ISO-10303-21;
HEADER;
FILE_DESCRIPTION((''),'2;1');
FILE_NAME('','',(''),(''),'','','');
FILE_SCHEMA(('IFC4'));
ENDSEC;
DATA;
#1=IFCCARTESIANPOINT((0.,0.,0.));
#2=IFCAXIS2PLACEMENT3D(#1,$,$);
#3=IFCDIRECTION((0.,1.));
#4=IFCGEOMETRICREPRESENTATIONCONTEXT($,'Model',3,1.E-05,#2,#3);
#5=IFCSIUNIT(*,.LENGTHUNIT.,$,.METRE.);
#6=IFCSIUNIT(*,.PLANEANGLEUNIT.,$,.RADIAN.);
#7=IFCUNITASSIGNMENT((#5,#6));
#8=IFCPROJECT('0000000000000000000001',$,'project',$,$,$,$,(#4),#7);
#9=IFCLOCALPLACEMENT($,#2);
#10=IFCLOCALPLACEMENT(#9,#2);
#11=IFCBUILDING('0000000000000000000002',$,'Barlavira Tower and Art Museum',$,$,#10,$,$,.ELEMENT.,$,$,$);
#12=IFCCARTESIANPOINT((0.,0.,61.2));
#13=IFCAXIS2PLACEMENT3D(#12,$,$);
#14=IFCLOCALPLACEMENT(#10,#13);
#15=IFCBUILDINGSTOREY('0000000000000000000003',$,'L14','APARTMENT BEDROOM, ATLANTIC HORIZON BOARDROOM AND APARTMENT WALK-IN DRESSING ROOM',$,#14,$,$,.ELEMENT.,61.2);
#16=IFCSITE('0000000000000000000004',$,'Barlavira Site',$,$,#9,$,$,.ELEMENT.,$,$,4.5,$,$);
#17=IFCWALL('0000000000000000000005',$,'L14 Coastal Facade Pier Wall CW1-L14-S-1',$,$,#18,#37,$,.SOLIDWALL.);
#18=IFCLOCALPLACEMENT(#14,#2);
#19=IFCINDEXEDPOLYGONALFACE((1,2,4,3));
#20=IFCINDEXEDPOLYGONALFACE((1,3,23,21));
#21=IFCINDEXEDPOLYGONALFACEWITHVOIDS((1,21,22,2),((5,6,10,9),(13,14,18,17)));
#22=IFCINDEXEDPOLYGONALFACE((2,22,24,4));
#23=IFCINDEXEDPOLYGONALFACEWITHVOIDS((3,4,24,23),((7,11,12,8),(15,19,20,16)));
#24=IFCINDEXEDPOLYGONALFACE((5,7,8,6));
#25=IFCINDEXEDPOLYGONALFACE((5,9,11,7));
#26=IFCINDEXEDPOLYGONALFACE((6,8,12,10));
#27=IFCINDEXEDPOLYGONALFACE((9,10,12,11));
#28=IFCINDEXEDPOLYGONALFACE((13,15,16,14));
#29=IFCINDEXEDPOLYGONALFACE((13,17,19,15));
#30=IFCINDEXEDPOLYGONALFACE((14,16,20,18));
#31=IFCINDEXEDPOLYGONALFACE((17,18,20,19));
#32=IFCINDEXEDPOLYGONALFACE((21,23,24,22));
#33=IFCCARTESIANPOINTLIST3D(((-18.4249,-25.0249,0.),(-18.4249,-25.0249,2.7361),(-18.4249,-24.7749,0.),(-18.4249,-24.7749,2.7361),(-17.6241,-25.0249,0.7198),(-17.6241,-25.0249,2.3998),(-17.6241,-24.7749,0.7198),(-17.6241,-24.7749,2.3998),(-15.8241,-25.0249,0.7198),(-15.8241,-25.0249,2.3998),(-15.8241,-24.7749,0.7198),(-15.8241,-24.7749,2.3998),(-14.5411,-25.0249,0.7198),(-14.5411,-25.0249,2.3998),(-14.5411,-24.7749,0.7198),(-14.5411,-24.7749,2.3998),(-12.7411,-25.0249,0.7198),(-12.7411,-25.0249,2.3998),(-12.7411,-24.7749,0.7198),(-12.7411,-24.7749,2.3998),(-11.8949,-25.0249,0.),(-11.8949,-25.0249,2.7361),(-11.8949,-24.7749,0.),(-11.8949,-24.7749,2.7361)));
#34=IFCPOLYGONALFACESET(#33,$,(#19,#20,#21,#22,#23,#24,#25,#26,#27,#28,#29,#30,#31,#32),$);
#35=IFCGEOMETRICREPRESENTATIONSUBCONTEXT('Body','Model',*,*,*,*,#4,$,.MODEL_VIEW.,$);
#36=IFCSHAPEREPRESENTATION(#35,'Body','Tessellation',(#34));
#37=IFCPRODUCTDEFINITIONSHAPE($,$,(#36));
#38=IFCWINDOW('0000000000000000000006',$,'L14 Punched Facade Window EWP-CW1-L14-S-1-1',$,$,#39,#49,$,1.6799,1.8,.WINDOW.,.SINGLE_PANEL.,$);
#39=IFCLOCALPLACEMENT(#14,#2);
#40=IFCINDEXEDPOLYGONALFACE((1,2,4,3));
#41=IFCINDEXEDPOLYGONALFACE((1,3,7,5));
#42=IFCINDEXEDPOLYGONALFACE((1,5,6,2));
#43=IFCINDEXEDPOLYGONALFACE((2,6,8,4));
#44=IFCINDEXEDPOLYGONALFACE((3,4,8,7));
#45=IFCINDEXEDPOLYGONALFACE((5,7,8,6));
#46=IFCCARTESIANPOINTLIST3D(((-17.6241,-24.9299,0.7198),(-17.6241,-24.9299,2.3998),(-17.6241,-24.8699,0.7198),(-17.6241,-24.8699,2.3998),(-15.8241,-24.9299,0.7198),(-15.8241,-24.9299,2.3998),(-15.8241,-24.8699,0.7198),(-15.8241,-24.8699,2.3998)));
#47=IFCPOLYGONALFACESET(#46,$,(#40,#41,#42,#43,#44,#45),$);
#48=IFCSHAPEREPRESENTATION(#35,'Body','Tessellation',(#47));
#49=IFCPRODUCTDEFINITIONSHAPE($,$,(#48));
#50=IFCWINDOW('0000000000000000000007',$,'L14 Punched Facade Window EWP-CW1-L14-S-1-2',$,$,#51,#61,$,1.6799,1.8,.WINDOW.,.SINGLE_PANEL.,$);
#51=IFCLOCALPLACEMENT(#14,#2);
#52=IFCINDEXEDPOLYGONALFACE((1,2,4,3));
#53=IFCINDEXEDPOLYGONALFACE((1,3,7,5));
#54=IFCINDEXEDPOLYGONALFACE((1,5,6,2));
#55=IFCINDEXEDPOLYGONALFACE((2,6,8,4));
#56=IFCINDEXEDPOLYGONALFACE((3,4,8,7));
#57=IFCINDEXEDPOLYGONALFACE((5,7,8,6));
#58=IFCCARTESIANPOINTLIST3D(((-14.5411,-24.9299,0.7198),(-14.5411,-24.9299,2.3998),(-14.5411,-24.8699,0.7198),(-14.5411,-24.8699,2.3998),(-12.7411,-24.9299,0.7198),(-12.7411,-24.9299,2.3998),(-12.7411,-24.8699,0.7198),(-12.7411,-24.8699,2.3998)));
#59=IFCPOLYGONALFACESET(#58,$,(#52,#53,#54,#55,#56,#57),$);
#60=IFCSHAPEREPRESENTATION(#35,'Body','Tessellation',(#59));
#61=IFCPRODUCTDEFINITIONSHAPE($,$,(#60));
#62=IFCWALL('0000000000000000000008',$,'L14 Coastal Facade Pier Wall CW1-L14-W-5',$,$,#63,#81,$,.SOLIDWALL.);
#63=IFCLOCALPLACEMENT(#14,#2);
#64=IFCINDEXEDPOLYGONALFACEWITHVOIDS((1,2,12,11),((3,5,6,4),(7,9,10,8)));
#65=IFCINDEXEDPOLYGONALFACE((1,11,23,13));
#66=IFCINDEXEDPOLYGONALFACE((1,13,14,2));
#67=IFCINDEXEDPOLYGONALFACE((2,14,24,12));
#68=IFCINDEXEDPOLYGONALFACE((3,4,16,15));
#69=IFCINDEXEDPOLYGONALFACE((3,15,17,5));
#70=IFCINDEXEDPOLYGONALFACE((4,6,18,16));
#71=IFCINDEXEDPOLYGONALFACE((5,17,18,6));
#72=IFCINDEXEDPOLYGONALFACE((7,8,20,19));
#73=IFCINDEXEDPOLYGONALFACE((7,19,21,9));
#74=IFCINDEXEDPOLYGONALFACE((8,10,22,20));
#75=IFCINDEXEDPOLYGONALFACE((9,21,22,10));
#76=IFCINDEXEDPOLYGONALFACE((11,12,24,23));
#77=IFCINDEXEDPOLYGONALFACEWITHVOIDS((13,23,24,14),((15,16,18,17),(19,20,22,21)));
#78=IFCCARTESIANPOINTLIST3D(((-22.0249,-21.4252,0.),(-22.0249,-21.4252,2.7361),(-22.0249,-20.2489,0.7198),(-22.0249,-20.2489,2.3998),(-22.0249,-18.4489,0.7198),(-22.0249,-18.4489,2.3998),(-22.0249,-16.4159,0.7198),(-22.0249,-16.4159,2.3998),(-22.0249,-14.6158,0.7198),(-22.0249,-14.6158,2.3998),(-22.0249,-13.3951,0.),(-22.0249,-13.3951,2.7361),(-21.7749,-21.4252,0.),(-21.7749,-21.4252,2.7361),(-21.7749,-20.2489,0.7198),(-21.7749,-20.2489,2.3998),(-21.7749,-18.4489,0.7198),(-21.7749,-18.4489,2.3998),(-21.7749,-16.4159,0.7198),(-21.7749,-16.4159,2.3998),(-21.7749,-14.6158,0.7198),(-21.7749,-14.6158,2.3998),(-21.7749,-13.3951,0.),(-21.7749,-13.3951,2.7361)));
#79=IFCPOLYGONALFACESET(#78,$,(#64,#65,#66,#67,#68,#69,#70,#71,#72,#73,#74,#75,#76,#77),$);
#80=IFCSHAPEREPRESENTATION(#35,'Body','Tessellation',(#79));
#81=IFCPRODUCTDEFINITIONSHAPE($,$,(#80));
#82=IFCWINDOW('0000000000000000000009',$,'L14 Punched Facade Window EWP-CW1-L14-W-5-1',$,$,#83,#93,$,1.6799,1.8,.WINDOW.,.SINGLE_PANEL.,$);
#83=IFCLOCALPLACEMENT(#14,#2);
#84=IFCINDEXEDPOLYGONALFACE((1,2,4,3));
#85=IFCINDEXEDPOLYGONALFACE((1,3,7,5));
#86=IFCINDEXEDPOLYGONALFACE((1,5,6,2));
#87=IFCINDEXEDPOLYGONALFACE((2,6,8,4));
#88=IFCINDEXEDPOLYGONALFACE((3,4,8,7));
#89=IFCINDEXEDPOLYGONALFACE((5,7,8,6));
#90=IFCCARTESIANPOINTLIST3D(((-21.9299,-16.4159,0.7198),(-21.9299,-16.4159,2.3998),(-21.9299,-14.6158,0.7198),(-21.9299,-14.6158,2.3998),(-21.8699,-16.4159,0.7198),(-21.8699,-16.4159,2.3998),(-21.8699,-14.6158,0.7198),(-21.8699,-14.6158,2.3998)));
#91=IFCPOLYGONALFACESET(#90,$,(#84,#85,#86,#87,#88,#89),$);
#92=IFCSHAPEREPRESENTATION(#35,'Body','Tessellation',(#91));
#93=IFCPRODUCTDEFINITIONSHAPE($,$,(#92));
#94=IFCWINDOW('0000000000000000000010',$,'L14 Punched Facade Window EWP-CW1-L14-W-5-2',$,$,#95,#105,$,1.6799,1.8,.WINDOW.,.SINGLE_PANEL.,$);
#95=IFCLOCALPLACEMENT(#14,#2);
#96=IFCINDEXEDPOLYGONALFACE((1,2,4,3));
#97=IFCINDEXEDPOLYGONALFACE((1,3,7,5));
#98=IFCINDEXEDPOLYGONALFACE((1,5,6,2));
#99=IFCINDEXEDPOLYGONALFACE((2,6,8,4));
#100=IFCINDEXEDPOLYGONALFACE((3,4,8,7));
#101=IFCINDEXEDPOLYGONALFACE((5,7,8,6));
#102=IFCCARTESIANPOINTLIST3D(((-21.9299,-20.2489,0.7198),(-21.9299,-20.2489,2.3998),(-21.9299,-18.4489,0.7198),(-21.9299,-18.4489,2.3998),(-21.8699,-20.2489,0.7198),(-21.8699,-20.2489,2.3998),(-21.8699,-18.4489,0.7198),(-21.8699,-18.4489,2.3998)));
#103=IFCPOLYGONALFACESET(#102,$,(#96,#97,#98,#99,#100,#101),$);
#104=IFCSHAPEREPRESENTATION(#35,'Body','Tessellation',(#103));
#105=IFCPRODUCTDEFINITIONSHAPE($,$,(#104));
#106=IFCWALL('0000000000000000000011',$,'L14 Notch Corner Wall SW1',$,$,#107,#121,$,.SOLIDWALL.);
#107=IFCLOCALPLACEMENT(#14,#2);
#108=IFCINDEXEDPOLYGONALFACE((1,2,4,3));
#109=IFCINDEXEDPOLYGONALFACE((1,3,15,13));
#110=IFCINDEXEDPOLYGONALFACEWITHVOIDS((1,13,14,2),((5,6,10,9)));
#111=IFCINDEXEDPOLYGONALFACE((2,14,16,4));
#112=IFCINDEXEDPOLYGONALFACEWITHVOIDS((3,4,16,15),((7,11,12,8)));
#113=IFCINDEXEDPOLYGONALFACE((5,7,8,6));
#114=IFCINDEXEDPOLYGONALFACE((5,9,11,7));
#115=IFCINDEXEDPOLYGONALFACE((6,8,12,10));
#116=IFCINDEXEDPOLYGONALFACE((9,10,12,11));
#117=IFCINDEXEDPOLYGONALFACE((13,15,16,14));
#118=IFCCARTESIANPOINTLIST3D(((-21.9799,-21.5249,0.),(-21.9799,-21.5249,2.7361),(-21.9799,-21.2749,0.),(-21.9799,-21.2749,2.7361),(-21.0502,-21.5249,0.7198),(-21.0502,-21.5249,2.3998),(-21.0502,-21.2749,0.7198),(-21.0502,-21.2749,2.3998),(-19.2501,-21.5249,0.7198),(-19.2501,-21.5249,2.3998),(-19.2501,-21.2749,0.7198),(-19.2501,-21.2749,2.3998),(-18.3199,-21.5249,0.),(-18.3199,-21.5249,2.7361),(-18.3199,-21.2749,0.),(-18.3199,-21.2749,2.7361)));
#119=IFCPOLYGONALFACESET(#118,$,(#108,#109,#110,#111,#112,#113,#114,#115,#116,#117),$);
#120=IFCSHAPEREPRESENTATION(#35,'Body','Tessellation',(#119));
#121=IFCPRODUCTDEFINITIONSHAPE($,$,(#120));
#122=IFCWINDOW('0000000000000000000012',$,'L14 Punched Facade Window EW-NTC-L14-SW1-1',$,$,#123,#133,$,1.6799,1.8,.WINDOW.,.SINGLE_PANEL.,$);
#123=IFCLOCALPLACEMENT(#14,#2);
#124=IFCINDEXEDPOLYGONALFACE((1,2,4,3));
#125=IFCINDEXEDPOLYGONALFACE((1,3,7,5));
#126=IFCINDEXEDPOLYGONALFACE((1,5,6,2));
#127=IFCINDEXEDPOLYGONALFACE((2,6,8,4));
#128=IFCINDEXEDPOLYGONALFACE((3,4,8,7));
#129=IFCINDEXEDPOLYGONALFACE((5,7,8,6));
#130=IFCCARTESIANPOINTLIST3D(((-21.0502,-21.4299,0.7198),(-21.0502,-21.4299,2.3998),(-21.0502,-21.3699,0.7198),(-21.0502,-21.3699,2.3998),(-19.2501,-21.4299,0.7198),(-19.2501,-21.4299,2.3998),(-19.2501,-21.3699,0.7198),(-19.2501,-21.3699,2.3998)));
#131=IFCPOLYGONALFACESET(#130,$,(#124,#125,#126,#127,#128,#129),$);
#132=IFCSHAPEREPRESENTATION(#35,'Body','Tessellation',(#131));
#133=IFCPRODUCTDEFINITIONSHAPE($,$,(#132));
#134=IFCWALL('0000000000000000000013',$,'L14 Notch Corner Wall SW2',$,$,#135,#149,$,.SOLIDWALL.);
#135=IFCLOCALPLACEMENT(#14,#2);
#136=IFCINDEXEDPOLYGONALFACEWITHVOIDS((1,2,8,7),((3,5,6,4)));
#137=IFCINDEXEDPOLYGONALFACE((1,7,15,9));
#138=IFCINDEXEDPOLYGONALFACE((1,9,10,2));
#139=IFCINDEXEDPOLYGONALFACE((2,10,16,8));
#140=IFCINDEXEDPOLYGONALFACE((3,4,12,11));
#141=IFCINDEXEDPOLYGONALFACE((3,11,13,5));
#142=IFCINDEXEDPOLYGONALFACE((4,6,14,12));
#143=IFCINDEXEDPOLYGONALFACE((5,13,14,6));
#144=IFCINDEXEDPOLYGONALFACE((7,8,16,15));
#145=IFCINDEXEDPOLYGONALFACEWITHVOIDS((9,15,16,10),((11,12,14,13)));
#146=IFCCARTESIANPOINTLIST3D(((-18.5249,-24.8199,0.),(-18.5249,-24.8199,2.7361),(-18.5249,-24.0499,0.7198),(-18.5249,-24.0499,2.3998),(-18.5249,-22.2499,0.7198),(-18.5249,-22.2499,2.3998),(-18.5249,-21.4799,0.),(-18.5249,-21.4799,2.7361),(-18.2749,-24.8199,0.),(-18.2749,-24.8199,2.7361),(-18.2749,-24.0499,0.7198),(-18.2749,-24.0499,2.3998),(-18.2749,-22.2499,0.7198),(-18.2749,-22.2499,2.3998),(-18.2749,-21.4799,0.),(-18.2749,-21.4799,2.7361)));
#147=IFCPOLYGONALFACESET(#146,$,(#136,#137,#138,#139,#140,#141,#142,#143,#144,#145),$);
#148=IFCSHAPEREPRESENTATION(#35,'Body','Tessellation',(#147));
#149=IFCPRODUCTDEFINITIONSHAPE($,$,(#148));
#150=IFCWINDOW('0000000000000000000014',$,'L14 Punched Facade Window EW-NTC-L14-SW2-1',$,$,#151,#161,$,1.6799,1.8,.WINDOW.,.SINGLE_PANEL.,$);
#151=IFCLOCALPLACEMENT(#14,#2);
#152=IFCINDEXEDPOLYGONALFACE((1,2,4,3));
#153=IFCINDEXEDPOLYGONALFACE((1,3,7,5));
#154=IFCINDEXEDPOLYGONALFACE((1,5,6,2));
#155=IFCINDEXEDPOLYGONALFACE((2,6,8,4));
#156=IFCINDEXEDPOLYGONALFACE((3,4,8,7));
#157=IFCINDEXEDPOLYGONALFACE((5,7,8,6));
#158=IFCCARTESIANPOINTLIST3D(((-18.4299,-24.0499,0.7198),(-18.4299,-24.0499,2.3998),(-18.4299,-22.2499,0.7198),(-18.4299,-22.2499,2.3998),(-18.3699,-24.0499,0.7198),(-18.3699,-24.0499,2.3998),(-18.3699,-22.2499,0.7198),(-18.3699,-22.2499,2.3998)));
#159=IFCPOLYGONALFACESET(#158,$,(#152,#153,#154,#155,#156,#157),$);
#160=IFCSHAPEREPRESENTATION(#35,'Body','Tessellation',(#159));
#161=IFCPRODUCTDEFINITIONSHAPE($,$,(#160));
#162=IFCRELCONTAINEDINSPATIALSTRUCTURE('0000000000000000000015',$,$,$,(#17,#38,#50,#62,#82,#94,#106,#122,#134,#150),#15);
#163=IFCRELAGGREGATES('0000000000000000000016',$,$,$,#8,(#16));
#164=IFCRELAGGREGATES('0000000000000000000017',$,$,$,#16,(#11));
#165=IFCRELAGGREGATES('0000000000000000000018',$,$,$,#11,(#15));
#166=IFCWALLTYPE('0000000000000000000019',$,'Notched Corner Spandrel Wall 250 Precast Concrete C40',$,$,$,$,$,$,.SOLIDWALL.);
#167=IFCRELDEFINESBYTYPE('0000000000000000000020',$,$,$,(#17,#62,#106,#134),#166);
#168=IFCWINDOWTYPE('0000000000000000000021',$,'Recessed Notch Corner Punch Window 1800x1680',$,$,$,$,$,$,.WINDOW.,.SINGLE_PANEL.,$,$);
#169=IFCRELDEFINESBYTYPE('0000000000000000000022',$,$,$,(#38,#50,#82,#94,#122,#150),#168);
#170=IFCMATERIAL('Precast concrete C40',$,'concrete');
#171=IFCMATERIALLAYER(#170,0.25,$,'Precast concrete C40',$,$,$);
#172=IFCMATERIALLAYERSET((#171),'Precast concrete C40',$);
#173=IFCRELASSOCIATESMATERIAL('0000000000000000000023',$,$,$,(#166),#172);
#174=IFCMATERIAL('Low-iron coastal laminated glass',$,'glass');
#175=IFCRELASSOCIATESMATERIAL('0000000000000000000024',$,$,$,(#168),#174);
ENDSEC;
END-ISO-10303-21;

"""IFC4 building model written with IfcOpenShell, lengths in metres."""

from ifc_helpers import new_model, si_unit, direction, frame, frame_2d, origin, place, context, subcontext, project, spatial, rectangle, extrude, material, layer, layer_set, type_object, element, fill, save


model = new_model("IFC4")

# Units and contexts
model_context = context("Model", 3, precision=1e-05, world=origin(), true_north=direction((0.0, 1.0)))
body_context = subcontext(model_context, "Body", "Model", "MODEL_VIEW")
ifc_project = project(units=[si_unit("LENGTHUNIT", "METRE"), si_unit("PLANEANGLEUNIT", "RADIAN")], contexts=[model_context])

# Site, building, storey
site_placement = place(None, origin())
site = spatial("IfcSite", under=ifc_project, at=site_placement, Name="Barlavira Site", CompositionType="ELEMENT", RefElevation=4.5)
building_placement = place(site_placement, origin())
building = spatial("IfcBuilding", under=site, at=building_placement, Name="Barlavira Tower and Art Museum", CompositionType="ELEMENT")
storey_placement = place(building_placement, frame((0.0, 0.0, 61.2)))
storey = spatial("IfcBuildingStorey", under=building, at=storey_placement, Name="L14", Description="APARTMENT BEDROOM, ATLANTIC HORIZON BOARDROOM AND APARTMENT WALK-IN DRESSING ROOM", CompositionType="ELEMENT", Elevation=61.2)

# Walls, openings, windows
ifc_material_1 = material(Name="Precast concrete C40", Category="concrete")
ifc_layer_1 = layer(ifc_material_1, 0.25, Name="Precast concrete C40")
ifc_layer_set_1 = layer_set([ifc_layer_1], Name="Precast concrete C40")
wall_type_1 = type_object("IfcWallType", Name="Notched Corner Spandrel Wall 250 Precast Concrete C40", PredefinedType="SOLIDWALL", material=ifc_layer_set_1)
wall_1_placement = place(storey_placement, frame((-18.425, -24.8999, 0.0), z_axis=(0.0, 0.0, 1.0), x_axis=(1.0, 0.0, 0.0)))
wall_1 = element("IfcWall", 1, at=wall_1_placement, inside=storey, type_object=wall_type_1, Name="L14 Coastal Facade Pier Wall CW1-L14-S-1", PredefinedType="SOLIDWALL", context=body_context, shape_type="SweptSolid", body=[
    extrude(rectangle(XDim=6.53, YDim=0.25, at=frame_2d((3.2651, 0.0))), origin(), (0.0, 0.0, 1.0), 2.7361),
])
opening_1_placement = place(wall_1_placement, frame((0.801, 0.0, 0.72)))
opening_1 = element("IfcOpeningElement", 2, at=opening_1_placement, cuts=wall_1, PredefinedType="OPENING", context=body_context, shape_type="SweptSolid", body=[
    extrude(rectangle(XDim=1.8, YDim=1.6799, at=frame_2d((0.8999, 0.8398))), frame((0.0, 0.135, 0.0), z_axis=(0.0, -1.0, 0.0), x_axis=(1.0, 0.0, 0.0)), (0.0, 0.0, 1.0), 0.27),
])
opening_2_placement = place(wall_1_placement, frame((3.884, 0.0, 0.72)))
opening_2 = element("IfcOpeningElement", 3, at=opening_2_placement, cuts=wall_1, PredefinedType="OPENING", context=body_context, shape_type="SweptSolid", body=[
    extrude(rectangle(XDim=1.8, YDim=1.6799, at=frame_2d((0.8999, 0.8398))), frame((0.0, 0.135, 0.0), z_axis=(0.0, -1.0, 0.0), x_axis=(1.0, 0.0, 0.0)), (0.0, 0.0, 1.0), 0.27),
])
ifc_material_2 = material(Name="Low-iron coastal laminated glass", Category="glass")
window_type = type_object("IfcWindowType", Name="Recessed Notch Corner Punch Window 1800x1680", PartitioningType="SINGLE_PANEL", PredefinedType="WINDOW", material=ifc_material_2)
window_1_placement = place(opening_1_placement, origin())
window_1 = element("IfcWindow", 4, at=window_1_placement, inside=storey, type_object=window_type, Name="L14 Punched Facade Window EWP-CW1-L14-S-1-1", OverallHeight=1.6799, OverallWidth=1.8, PartitioningType="SINGLE_PANEL", PredefinedType="WINDOW", context=body_context, shape_type="SweptSolid", body=[
    extrude(rectangle(XDim=1.8, YDim=1.6799, at=frame_2d((0.8999, 0.8398))), frame((0.0, 0.03, 0.0), z_axis=(0.0, -1.0, 0.0), x_axis=(1.0, 0.0, 0.0)), (0.0, 0.0, 1.0), 0.0601),
])
fill(opening_1, window_1)
window_2_placement = place(opening_2_placement, origin())
window_2 = element("IfcWindow", 5, at=window_2_placement, inside=storey, type_object=window_type, Name="L14 Punched Facade Window EWP-CW1-L14-S-1-2", OverallHeight=1.6799, OverallWidth=1.8, PartitioningType="SINGLE_PANEL", PredefinedType="WINDOW", context=body_context, shape_type="SweptSolid", body=[
    extrude(rectangle(XDim=1.8, YDim=1.6799, at=frame_2d((0.8999, 0.8398))), frame((0.0, 0.03, 0.0), z_axis=(0.0, -1.0, 0.0), x_axis=(1.0, 0.0, 0.0)), (0.0, 0.0, 1.0), 0.0601),
])
fill(opening_2, window_2)
wall_2_placement = place(storey_placement, frame((-21.8999, -13.395, 0.0), z_axis=(0.0, 0.0, 1.0), x_axis=(0.0, -1.0, 0.0)))
wall_2 = element("IfcWall", 6, at=wall_2_placement, inside=storey, type_object=wall_type_1, Name="L14 Coastal Facade Pier Wall CW1-L14-W-5", PredefinedType="SOLIDWALL", context=body_context, shape_type="SweptSolid", body=[
    extrude(rectangle(XDim=8.03, YDim=0.25, at=frame_2d((4.0151, 0.0))), origin(), (0.0, 0.0, 1.0), 2.7361),
])
opening_3_placement = place(wall_2_placement, frame((1.2209, 0.0, 0.72)))
opening_3 = element("IfcOpeningElement", 7, at=opening_3_placement, cuts=wall_2, PredefinedType="OPENING", context=body_context, shape_type="SweptSolid", body=[
    extrude(rectangle(XDim=1.8, YDim=1.6799, at=frame_2d((0.8999, 0.8398))), frame((0.0, 0.135, 0.0), z_axis=(0.0, -1.0, 0.0), x_axis=(1.0, 0.0, 0.0)), (0.0, 0.0, 1.0), 0.27),
])
opening_4_placement = place(wall_2_placement, frame((5.054, 0.0, 0.72)))
opening_4 = element("IfcOpeningElement", 8, at=opening_4_placement, cuts=wall_2, PredefinedType="OPENING", context=body_context, shape_type="SweptSolid", body=[
    extrude(rectangle(XDim=1.8, YDim=1.6799, at=frame_2d((0.8999, 0.8398))), frame((0.0, 0.135, 0.0), z_axis=(0.0, -1.0, 0.0), x_axis=(1.0, 0.0, 0.0)), (0.0, 0.0, 1.0), 0.27),
])
window_3_placement = place(opening_3_placement, origin())
window_3 = element("IfcWindow", 9, at=window_3_placement, inside=storey, type_object=window_type, Name="L14 Punched Facade Window EWP-CW1-L14-W-5-1", OverallHeight=1.6799, OverallWidth=1.8, PartitioningType="SINGLE_PANEL", PredefinedType="WINDOW", context=body_context, shape_type="SweptSolid", body=[
    extrude(rectangle(XDim=1.8, YDim=1.6799, at=frame_2d((0.8999, 0.8398))), frame((0.0, 0.03, 0.0), z_axis=(0.0, -1.0, 0.0), x_axis=(1.0, 0.0, 0.0)), (0.0, 0.0, 1.0), 0.0601),
])
fill(opening_3, window_3)
window_4_placement = place(opening_4_placement, origin())
window_4 = element("IfcWindow", 10, at=window_4_placement, inside=storey, type_object=window_type, Name="L14 Punched Facade Window EWP-CW1-L14-W-5-2", OverallHeight=1.6799, OverallWidth=1.8, PartitioningType="SINGLE_PANEL", PredefinedType="WINDOW", context=body_context, shape_type="SweptSolid", body=[
    extrude(rectangle(XDim=1.8, YDim=1.6799, at=frame_2d((0.8999, 0.8398))), frame((0.0, 0.03, 0.0), z_axis=(0.0, -1.0, 0.0), x_axis=(1.0, 0.0, 0.0)), (0.0, 0.0, 1.0), 0.0601),
])
fill(opening_4, window_4)

# Walls, openings, windows
wall_3_placement = place(storey_placement, frame((-21.98, -21.3999, 0.0), z_axis=(0.0, 0.0, 1.0), x_axis=(1.0, 0.0, 0.0)))
wall_3 = element("IfcWall", 11, at=wall_3_placement, inside=storey, type_object=wall_type_1, Name="L14 Notch Corner Wall SW1", PredefinedType="SOLIDWALL", context=body_context, shape_type="SweptSolid", body=[
    extrude(rectangle(XDim=3.6599, YDim=0.25, at=frame_2d((1.8301, 0.0))), origin(), (0.0, 0.0, 1.0), 2.7361),
])
opening_5_placement = place(wall_3_placement, frame((0.9299, 0.0, 0.72)))
opening_5 = element("IfcOpeningElement", 12, at=opening_5_placement, cuts=wall_3, PredefinedType="OPENING", context=body_context, shape_type="SweptSolid", body=[
    extrude(rectangle(XDim=1.8, YDim=1.6799, at=frame_2d((0.8999, 0.8398))), frame((0.0, 0.135, 0.0), z_axis=(0.0, -1.0, 0.0), x_axis=(1.0, 0.0, 0.0)), (0.0, 0.0, 1.0), 0.27),
])
window_5_placement = place(opening_5_placement, origin())
window_5 = element("IfcWindow", 13, at=window_5_placement, inside=storey, type_object=window_type, Name="L14 Punched Facade Window EW-NTC-L14-SW1-1", OverallHeight=1.6799, OverallWidth=1.8, PartitioningType="SINGLE_PANEL", PredefinedType="WINDOW", context=body_context, shape_type="SweptSolid", body=[
    extrude(rectangle(XDim=1.8, YDim=1.6799, at=frame_2d((0.8999, 0.8398))), frame((0.0, 0.03, 0.0), z_axis=(0.0, -1.0, 0.0), x_axis=(1.0, 0.0, 0.0)), (0.0, 0.0, 1.0), 0.0601),
])
fill(opening_5, window_5)
wall_4_placement = place(storey_placement, frame((-18.3999, -21.48, 0.0), z_axis=(0.0, 0.0, 1.0), x_axis=(0.0, -1.0, 0.0)))
wall_4 = element("IfcWall", 14, at=wall_4_placement, inside=storey, type_object=wall_type_1, Name="L14 Notch Corner Wall SW2", PredefinedType="SOLIDWALL", context=body_context, shape_type="SweptSolid", body=[
    extrude(rectangle(XDim=3.3401, YDim=0.25, at=frame_2d((1.6699, 0.0))), origin(), (0.0, 0.0, 1.0), 2.7361),
])
opening_6_placement = place(wall_4_placement, frame((0.77, 0.0, 0.72)))
opening_6 = element("IfcOpeningElement", 15, at=opening_6_placement, cuts=wall_4, PredefinedType="OPENING", context=body_context, shape_type="SweptSolid", body=[
    extrude(rectangle(XDim=1.8, YDim=1.6799, at=frame_2d((0.8999, 0.8398))), frame((0.0, 0.135, 0.0), z_axis=(0.0, -1.0, 0.0), x_axis=(1.0, 0.0, 0.0)), (0.0, 0.0, 1.0), 0.27),
])
window_6_placement = place(opening_6_placement, origin())
window_6 = element("IfcWindow", 16, at=window_6_placement, inside=storey, type_object=window_type, Name="L14 Punched Facade Window EW-NTC-L14-SW2-1", OverallHeight=1.6799, OverallWidth=1.8, PartitioningType="SINGLE_PANEL", PredefinedType="WINDOW", context=body_context, shape_type="SweptSolid", body=[
    extrude(rectangle(XDim=1.8, YDim=1.6799, at=frame_2d((0.8999, 0.8398))), frame((0.0, 0.03, 0.0), z_axis=(0.0, -1.0, 0.0), x_axis=(1.0, 0.0, 0.0)), (0.0, 0.0, 1.0), 0.0601),
])
fill(opening_6, window_6)

save(model, "model.ifc")
